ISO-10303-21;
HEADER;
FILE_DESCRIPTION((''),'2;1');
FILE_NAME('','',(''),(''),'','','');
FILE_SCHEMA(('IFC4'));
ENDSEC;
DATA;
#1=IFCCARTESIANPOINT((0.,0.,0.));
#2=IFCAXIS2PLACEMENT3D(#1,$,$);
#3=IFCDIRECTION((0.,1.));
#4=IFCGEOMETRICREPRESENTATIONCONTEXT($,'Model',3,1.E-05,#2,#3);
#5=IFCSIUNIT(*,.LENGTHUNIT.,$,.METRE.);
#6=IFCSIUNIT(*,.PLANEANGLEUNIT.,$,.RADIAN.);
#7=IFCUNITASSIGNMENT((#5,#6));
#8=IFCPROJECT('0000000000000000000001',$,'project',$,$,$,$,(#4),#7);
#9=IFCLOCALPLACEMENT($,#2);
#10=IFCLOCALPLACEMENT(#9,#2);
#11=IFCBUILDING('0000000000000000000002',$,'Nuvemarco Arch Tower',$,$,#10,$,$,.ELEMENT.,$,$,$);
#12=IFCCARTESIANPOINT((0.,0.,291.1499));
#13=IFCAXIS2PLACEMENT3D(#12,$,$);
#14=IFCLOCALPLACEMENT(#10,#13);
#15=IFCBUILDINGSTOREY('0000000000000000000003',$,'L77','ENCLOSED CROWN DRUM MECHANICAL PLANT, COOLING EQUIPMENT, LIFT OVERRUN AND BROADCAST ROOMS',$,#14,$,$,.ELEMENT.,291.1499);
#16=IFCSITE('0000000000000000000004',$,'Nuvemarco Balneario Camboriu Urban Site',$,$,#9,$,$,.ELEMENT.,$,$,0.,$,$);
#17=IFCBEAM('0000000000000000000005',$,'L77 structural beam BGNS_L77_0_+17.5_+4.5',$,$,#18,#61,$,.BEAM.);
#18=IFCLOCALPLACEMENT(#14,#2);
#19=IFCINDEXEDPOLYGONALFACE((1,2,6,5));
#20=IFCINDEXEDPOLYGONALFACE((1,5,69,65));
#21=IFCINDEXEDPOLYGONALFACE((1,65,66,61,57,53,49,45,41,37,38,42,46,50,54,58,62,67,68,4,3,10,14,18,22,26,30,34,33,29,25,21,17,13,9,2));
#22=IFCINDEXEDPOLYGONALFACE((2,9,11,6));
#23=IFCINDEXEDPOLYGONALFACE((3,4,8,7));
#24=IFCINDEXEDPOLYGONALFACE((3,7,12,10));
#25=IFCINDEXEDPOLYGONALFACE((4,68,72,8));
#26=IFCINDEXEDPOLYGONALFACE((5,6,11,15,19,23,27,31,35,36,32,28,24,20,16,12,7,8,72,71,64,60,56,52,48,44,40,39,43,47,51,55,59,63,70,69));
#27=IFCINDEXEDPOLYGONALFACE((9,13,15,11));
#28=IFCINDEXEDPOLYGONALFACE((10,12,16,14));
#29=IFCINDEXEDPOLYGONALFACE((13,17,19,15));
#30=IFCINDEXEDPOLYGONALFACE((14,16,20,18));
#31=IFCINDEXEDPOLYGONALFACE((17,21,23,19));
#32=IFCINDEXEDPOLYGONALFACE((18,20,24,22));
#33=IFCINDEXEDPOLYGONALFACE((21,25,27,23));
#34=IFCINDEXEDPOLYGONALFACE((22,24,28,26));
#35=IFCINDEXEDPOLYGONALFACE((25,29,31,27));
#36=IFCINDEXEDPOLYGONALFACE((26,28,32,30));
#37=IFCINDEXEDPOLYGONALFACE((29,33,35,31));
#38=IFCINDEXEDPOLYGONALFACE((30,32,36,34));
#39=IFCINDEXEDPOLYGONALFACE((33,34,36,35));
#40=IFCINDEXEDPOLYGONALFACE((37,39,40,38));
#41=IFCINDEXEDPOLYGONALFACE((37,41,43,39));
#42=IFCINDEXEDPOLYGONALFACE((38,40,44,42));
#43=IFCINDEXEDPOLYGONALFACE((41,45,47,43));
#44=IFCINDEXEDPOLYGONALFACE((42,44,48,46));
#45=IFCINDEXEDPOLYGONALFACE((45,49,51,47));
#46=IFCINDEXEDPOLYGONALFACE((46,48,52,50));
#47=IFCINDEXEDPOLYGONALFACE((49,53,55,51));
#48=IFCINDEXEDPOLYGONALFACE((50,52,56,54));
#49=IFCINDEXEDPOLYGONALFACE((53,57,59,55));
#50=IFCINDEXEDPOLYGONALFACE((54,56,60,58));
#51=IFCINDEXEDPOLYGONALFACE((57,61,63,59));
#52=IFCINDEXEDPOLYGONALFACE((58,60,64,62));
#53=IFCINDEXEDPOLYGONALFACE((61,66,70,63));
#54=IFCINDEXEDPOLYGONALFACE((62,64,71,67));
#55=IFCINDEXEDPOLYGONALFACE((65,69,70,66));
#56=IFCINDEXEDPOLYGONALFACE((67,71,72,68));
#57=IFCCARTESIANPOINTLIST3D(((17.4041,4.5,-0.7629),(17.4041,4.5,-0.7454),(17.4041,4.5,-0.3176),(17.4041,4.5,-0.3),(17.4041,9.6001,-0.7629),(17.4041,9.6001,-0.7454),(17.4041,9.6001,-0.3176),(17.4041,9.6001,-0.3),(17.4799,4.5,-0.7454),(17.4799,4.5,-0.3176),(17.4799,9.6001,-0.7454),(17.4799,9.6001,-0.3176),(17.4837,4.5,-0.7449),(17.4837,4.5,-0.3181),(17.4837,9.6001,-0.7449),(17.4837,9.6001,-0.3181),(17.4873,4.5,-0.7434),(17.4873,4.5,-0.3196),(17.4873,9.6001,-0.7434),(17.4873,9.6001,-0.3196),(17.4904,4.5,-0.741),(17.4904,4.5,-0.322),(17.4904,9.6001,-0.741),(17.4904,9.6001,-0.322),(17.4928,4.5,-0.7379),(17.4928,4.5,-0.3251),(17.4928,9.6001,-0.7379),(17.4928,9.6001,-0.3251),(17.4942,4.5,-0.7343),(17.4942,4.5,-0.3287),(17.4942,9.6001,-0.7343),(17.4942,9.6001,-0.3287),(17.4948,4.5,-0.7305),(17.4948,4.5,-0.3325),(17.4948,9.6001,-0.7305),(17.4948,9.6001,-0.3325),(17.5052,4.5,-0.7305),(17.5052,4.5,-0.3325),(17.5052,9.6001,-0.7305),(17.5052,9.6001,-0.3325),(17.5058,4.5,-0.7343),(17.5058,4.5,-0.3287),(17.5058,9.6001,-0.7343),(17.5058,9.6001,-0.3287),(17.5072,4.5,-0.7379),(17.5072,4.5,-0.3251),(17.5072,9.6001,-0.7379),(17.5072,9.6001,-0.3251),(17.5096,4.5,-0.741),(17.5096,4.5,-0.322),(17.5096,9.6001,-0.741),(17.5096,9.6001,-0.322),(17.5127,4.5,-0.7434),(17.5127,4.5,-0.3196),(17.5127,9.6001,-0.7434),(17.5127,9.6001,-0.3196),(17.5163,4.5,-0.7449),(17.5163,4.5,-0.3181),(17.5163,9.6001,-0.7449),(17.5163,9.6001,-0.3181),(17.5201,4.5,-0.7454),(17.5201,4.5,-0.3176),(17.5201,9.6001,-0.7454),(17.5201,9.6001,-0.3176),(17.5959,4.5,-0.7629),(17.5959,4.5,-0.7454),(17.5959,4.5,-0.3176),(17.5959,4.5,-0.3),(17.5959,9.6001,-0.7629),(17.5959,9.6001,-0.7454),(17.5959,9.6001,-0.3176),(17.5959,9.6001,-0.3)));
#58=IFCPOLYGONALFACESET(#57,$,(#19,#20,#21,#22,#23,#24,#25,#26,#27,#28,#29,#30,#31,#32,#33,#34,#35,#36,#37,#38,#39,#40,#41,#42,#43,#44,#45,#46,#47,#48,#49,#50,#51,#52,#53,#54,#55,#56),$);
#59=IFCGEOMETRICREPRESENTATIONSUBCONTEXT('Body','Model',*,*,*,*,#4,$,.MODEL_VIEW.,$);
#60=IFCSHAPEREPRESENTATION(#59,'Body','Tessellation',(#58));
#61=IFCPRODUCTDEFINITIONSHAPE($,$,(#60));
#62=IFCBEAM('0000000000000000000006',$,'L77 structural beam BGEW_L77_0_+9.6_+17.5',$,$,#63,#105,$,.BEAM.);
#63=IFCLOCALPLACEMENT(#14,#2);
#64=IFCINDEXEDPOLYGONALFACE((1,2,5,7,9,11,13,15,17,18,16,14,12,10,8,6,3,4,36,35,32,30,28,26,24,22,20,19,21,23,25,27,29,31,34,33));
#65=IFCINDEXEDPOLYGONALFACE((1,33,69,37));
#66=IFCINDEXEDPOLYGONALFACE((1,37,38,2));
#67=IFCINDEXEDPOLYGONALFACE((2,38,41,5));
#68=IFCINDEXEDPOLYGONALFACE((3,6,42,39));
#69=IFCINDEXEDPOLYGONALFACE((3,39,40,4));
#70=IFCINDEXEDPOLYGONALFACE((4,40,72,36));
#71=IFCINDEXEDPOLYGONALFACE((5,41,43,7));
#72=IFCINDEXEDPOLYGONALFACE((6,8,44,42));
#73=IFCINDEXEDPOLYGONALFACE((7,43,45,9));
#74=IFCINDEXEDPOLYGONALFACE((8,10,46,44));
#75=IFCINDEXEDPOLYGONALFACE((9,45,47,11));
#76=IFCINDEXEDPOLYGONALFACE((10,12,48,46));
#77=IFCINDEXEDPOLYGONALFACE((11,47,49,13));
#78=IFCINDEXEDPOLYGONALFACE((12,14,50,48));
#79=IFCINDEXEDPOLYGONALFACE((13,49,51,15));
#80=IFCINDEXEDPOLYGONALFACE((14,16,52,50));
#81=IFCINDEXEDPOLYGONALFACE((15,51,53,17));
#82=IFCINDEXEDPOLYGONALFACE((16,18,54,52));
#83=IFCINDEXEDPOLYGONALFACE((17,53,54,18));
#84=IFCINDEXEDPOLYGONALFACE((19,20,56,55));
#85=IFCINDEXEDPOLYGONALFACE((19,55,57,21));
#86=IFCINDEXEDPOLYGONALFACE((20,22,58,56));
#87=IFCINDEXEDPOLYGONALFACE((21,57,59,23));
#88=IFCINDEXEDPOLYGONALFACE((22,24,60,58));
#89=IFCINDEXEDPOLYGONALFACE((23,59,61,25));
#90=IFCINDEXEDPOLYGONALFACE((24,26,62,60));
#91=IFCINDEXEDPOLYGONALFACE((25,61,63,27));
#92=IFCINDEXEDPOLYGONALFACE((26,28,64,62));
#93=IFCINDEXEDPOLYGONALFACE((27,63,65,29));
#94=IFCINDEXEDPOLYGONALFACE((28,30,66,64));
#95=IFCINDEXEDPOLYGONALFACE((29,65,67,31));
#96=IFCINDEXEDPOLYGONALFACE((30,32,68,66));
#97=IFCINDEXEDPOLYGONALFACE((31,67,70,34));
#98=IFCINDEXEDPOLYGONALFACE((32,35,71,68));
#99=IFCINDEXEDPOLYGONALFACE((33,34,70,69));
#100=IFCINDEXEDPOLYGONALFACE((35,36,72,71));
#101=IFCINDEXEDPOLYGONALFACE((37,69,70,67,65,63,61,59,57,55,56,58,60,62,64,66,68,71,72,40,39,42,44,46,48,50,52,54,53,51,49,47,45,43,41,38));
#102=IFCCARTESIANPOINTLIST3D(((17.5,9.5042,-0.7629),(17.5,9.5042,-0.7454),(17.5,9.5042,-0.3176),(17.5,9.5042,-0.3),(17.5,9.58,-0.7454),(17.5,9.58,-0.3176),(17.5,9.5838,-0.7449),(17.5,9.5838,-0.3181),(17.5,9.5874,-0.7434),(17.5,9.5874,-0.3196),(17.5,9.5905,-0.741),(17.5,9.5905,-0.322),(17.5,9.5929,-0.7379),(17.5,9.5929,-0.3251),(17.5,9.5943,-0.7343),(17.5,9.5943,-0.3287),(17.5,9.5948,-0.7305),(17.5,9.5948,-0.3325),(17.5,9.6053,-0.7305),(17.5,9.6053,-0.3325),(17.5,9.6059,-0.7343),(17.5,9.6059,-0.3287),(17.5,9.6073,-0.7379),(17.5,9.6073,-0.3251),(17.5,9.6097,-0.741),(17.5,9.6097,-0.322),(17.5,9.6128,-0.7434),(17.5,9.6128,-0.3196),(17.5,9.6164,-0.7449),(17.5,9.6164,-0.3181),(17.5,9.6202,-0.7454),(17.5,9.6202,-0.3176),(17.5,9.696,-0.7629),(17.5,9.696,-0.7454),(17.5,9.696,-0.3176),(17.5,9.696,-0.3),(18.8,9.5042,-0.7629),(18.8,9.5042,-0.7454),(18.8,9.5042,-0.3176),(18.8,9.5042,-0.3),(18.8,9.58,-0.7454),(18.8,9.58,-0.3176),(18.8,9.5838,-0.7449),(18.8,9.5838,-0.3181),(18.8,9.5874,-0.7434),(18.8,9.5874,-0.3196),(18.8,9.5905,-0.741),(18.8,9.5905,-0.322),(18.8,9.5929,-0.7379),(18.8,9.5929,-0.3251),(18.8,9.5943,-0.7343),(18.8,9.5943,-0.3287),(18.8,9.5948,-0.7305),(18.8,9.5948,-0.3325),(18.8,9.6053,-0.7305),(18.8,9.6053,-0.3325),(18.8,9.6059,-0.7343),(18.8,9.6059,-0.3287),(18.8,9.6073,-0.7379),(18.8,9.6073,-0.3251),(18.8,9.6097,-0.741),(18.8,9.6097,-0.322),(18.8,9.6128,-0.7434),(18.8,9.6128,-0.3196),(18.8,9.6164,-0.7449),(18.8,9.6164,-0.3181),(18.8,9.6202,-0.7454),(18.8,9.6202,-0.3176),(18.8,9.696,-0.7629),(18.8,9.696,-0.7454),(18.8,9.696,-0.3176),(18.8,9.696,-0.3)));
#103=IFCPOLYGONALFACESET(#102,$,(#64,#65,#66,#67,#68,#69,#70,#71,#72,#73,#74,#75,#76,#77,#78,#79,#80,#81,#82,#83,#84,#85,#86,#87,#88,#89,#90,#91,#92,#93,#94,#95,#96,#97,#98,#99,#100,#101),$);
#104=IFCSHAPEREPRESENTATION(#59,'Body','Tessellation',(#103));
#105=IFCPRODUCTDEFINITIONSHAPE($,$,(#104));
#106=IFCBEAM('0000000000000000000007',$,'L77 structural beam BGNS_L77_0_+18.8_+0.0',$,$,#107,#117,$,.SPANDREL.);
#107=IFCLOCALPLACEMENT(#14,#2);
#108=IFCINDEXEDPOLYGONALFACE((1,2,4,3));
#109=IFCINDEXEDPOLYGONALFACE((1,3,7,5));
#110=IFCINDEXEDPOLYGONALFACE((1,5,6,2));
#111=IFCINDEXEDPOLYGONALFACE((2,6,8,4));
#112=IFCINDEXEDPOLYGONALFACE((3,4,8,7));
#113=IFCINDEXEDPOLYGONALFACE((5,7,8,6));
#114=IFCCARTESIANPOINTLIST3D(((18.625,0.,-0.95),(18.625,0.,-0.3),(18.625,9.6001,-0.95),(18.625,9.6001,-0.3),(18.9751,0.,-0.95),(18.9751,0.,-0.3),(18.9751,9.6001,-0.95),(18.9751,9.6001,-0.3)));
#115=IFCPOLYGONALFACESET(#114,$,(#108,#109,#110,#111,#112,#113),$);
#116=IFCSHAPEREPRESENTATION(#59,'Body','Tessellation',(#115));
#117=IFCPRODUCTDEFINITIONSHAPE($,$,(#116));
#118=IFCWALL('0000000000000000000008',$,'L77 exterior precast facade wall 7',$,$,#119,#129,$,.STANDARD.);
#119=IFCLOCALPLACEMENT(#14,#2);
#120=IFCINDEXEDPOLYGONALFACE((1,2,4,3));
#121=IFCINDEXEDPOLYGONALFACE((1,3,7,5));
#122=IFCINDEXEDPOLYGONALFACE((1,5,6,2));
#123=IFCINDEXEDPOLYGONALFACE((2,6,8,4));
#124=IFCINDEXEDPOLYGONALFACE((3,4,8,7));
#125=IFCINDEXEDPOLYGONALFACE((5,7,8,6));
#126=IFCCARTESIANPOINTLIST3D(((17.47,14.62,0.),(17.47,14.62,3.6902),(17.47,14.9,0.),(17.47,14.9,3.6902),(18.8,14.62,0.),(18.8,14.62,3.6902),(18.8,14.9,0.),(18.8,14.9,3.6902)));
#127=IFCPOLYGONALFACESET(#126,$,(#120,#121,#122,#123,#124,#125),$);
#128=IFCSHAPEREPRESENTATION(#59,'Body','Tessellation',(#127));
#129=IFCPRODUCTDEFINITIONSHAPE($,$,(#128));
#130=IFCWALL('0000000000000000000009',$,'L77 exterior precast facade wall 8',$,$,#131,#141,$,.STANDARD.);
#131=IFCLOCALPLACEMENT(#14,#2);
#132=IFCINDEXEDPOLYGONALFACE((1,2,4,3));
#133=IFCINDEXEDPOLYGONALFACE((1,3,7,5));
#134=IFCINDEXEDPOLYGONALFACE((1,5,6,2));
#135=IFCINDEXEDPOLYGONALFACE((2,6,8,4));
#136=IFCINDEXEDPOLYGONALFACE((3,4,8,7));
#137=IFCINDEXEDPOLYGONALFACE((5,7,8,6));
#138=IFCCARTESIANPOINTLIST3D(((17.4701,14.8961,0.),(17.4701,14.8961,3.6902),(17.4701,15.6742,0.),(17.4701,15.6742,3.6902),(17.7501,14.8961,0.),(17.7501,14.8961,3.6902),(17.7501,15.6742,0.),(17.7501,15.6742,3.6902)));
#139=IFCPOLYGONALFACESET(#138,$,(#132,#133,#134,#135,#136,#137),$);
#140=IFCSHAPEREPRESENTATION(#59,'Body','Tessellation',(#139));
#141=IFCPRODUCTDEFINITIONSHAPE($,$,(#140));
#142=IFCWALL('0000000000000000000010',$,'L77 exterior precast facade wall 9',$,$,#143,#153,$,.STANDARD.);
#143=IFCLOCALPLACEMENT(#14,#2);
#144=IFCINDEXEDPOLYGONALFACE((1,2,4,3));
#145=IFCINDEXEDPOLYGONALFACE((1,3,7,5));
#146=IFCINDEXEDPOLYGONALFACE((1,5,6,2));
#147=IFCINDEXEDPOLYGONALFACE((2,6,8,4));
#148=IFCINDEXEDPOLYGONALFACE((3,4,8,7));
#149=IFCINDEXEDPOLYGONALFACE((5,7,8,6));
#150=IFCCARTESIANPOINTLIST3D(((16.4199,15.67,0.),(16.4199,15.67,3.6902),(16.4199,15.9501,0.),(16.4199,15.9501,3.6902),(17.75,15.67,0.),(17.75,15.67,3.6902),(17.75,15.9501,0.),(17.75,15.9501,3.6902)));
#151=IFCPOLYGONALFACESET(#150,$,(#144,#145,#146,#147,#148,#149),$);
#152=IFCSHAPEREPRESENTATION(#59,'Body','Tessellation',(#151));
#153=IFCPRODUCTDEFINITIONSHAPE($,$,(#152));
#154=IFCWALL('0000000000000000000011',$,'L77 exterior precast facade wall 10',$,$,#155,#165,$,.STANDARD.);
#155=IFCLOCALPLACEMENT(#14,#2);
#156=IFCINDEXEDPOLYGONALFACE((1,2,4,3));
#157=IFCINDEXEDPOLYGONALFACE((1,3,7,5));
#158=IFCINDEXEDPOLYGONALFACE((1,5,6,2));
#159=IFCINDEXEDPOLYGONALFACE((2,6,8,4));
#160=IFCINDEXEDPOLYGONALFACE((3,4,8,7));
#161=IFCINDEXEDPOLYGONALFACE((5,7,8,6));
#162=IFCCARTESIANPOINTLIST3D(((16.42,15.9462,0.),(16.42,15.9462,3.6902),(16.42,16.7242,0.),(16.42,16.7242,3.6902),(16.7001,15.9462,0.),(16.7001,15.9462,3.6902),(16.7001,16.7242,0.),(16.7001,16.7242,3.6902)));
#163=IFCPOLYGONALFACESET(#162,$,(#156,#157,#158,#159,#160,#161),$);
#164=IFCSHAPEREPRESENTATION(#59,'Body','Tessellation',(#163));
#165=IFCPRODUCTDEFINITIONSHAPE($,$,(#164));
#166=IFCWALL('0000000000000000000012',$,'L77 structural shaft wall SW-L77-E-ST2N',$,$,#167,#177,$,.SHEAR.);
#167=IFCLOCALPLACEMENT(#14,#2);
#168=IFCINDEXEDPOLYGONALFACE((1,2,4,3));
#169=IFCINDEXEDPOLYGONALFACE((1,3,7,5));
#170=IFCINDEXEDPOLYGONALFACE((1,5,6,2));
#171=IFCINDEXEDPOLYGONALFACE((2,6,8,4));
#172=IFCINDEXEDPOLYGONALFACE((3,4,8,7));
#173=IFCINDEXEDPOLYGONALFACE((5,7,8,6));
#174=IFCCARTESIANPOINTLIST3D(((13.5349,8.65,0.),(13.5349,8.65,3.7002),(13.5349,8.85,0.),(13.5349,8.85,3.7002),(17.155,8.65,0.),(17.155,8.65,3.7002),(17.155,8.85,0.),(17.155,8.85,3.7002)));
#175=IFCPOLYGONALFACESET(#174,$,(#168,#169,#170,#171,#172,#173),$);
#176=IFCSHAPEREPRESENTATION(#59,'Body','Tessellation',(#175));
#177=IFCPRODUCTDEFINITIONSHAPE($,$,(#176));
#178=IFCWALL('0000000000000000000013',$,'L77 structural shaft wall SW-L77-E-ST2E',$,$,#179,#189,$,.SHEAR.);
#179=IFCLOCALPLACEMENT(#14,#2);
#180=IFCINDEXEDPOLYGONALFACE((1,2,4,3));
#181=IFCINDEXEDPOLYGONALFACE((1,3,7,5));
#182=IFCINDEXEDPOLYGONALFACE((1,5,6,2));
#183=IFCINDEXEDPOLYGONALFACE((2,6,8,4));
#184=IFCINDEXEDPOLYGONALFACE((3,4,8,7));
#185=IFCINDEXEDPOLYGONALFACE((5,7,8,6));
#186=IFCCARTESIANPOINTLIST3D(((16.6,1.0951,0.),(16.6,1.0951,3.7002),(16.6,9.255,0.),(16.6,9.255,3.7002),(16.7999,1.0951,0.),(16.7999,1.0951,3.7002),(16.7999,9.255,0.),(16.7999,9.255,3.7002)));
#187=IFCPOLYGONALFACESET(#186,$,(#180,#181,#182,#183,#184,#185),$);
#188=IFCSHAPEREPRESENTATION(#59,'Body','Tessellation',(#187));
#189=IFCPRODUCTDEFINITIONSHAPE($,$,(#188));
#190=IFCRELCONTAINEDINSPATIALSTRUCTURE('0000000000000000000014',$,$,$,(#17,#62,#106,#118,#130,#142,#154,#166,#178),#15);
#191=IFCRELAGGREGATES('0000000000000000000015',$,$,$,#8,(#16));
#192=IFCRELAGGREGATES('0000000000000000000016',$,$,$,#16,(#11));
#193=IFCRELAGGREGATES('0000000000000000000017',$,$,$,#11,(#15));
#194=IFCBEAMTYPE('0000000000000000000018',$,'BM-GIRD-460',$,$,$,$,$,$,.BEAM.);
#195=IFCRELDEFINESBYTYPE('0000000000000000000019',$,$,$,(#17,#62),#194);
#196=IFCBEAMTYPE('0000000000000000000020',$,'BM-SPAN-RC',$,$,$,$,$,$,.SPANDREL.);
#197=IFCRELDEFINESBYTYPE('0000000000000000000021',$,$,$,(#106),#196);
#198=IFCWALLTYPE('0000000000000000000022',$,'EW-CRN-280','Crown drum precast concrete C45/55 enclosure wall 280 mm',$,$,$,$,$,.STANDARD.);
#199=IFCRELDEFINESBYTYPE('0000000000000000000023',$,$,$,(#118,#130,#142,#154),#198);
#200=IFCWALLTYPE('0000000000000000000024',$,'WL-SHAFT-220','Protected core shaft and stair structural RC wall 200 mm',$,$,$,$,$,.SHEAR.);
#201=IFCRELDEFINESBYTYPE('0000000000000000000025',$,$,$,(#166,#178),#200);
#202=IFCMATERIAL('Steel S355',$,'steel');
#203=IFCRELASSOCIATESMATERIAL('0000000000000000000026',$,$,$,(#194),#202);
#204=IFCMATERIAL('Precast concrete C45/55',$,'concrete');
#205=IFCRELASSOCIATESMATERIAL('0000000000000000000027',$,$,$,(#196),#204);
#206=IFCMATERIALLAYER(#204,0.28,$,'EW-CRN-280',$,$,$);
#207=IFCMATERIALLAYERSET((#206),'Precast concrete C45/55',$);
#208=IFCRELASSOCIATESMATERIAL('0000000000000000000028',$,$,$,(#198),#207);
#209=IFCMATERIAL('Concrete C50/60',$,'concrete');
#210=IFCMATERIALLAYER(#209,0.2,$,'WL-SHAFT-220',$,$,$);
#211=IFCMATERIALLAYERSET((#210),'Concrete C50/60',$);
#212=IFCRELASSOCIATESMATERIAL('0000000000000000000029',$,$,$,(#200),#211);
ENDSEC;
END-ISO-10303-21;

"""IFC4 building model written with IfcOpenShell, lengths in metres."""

from ifc_helpers import new_model, si_unit, direction, frame, frame_2d, origin, origin_2d, place, context, subcontext, project, spatial, rectangle, i_section, extrude, material, layer, layer_set, material_profile, profile_set, type_object, element, save


model = new_model("IFC4")

# Units and contexts
model_context = context("Model", 3, precision=1e-05, world=origin(), true_north=direction((0.0, 1.0)))
body_context = subcontext(model_context, "Body", "Model", "MODEL_VIEW")
ifc_project = project(units=[si_unit("LENGTHUNIT", "METRE"), si_unit("PLANEANGLEUNIT", "RADIAN")], contexts=[model_context])

# Site, building, storey
site_placement = place(None, origin())
site = spatial("IfcSite", under=ifc_project, at=site_placement, Name="Nuvemarco Balneario Camboriu Urban Site", CompositionType="ELEMENT", RefElevation=0.0)
building_placement = place(site_placement, origin())
building = spatial("IfcBuilding", under=site, at=building_placement, Name="Nuvemarco Arch Tower", CompositionType="ELEMENT")
storey_placement = place(building_placement, frame((0.0, 0.0, 291.1499)))
storey = spatial("IfcBuildingStorey", under=building, at=storey_placement, Name="L77", Description="ENCLOSED CROWN DRUM MECHANICAL PLANT, COOLING EQUIPMENT, LIFT OVERRUN AND BROADCAST ROOMS", CompositionType="ELEMENT", Elevation=291.1499)

# Shared definitions
ifc_material_1 = material(Name="Concrete C50/60", Category="concrete")
ifc_material_2 = material(Name="Steel S355", Category="steel")

# Beams
ifc_material_profile_1 = material_profile(ifc_material_2, i_section(OverallWidth=0.1919, OverallDepth=0.4629, WebThickness=0.0105, FlangeThickness=0.0176, FilletRadius=0.0149, at=origin_2d()), Name="W460x89")
ifc_profile_set_1 = profile_set([ifc_material_profile_1], Name="Steel S355")
beam_type_1 = type_object("IfcBeamType", Name="BM-GIRD-460", PredefinedType="BEAM", material=ifc_profile_set_1)
beam_1_placement = place(storey_placement, frame((17.5, 4.5, -0.5315), z_axis=(0.0, 1.0, 0.0), x_axis=(-1.0, 0.0, 0.0)))
element("IfcBeam", 1, at=beam_1_placement, inside=storey, type_object=beam_type_1, Name="L77 structural beam BGNS_L77_0_+17.5_+4.5", PredefinedType="BEAM", context=body_context, shape_type="SweptSolid", body=[
    extrude(i_section(OverallWidth=0.1919, OverallDepth=0.4629, WebThickness=0.0105, FlangeThickness=0.0176, FilletRadius=0.0149, at=origin_2d()), origin(), (0.0, 0.0, 1.0), 5.1001),
])
beam_2_placement = place(storey_placement, frame((17.5, 9.6001, -0.5315), z_axis=(1.0, 0.0, 0.0), x_axis=(0.0, 1.0, 0.0)))
element("IfcBeam", 2, at=beam_2_placement, inside=storey, type_object=beam_type_1, Name="L77 structural beam BGEW_L77_0_+9.6_+17.5", PredefinedType="BEAM", context=body_context, shape_type="SweptSolid", body=[
    extrude(i_section(OverallWidth=0.1919, OverallDepth=0.4629, WebThickness=0.0105, FlangeThickness=0.0176, FilletRadius=0.0149, at=origin_2d()), origin(), (0.0, 0.0, 1.0), 1.3),
])
ifc_material_3 = material(Name="Precast concrete C45/55", Category="concrete")
ifc_material_profile_2 = material_profile(ifc_material_3, rectangle(XDim=0.3501, YDim=0.6499, at=origin_2d()), Name="PC-SP-350x650")
ifc_profile_set_2 = profile_set([ifc_material_profile_2], Name="Precast concrete C45/55")
beam_type_2 = type_object("IfcBeamType", Name="BM-SPAN-RC", PredefinedType="SPANDREL", material=ifc_profile_set_2)
beam_3_placement = place(storey_placement, frame((18.8, 0.0, -0.625), z_axis=(0.0, 1.0, 0.0), x_axis=(-1.0, 0.0, 0.0)))
element("IfcBeam", 3, at=beam_3_placement, inside=storey, type_object=beam_type_2, Name="L77 structural beam BGNS_L77_0_+18.8_+0.0", PredefinedType="SPANDREL", context=body_context, shape_type="SweptSolid", body=[
    extrude(rectangle(XDim=0.3501, YDim=0.6499, at=origin_2d()), origin(), (0.0, 0.0, 1.0), 9.6001),
])

# Walls
ifc_layer_1 = layer(ifc_material_3, 0.28, Name="EW-CRN-280")
ifc_layer_set_1 = layer_set([ifc_layer_1], Name="Precast concrete C45/55")
wall_type_1 = type_object("IfcWallType", Name="EW-CRN-280", Description="Crown drum precast concrete C45/55 enclosure wall 280 mm", PredefinedType="STANDARD", material=ifc_layer_set_1)
wall_1_placement = place(storey_placement, frame((17.47, 14.76, 0.0), z_axis=(0.0, 0.0, 1.0), x_axis=(1.0, 0.0, 0.0)))
element("IfcWall", 4, at=wall_1_placement, inside=storey, type_object=wall_type_1, Name="L77 exterior precast facade wall 7", PredefinedType="STANDARD", context=body_context, shape_type="SweptSolid", body=[
    extrude(rectangle(XDim=1.3301, YDim=0.28, at=frame_2d((0.665, 0.0))), origin(), (0.0, 0.0, 1.0), 3.6902),
])
wall_2_placement = place(storey_placement, frame((17.6101, 14.896, 0.0), z_axis=(0.0, 0.0, 1.0), x_axis=(0.0, 1.0, 0.0)))
element("IfcWall", 5, at=wall_2_placement, inside=storey, type_object=wall_type_1, Name="L77 exterior precast facade wall 8", PredefinedType="STANDARD", context=body_context, shape_type="SweptSolid", body=[
    extrude(rectangle(XDim=0.7781, YDim=0.28, at=frame_2d((0.3892, 0.0))), origin(), (0.0, 0.0, 1.0), 3.6902),
])
wall_3_placement = place(storey_placement, frame((16.4199, 15.8101, 0.0), z_axis=(0.0, 0.0, 1.0), x_axis=(1.0, 0.0, 0.0)))
element("IfcWall", 6, at=wall_3_placement, inside=storey, type_object=wall_type_1, Name="L77 exterior precast facade wall 9", PredefinedType="STANDARD", context=body_context, shape_type="SweptSolid", body=[
    extrude(rectangle(XDim=1.3301, YDim=0.28, at=frame_2d((0.665, 0.0))), origin(), (0.0, 0.0, 1.0), 3.6902),
])
wall_4_placement = place(storey_placement, frame((16.5601, 15.946, 0.0), z_axis=(0.0, 0.0, 1.0), x_axis=(0.0, 1.0, 0.0)))
element("IfcWall", 7, at=wall_4_placement, inside=storey, type_object=wall_type_1, Name="L77 exterior precast facade wall 10", PredefinedType="STANDARD", context=body_context, shape_type="SweptSolid", body=[
    extrude(rectangle(XDim=0.7781, YDim=0.28, at=frame_2d((0.3892, 0.0))), origin(), (0.0, 0.0, 1.0), 3.6902),
])
ifc_layer_2 = layer(ifc_material_1, 0.2, Name="WL-SHAFT-220")
ifc_layer_set_2 = layer_set([ifc_layer_2], Name="Concrete C50/60")
wall_type_2 = type_object("IfcWallType", Name="WL-SHAFT-220", Description="Protected core shaft and stair structural RC wall 200 mm", PredefinedType="SHEAR", material=ifc_layer_set_2)
wall_5_placement = place(storey_placement, frame((13.5349, 8.75, 0.0), z_axis=(0.0, 0.0, 1.0), x_axis=(1.0, 0.0, 0.0)))
element("IfcWall", 8, at=wall_5_placement, inside=storey, type_object=wall_type_2, Name="L77 structural shaft wall SW-L77-E-ST2N", PredefinedType="SHEAR", context=body_context, shape_type="SweptSolid", body=[
    extrude(rectangle(XDim=3.6201, YDim=0.2, at=frame_2d((1.8101, 0.0))), origin(), (0.0, 0.0, 1.0), 3.7002),
])
wall_6_placement = place(storey_placement, frame((16.7, 1.095, 0.0), z_axis=(0.0, 0.0, 1.0), x_axis=(0.0, 1.0, 0.0)))
element("IfcWall", 9, at=wall_6_placement, inside=storey, type_object=wall_type_2, Name="L77 structural shaft wall SW-L77-E-ST2E", PredefinedType="SHEAR", context=body_context, shape_type="SweptSolid", body=[
    extrude(rectangle(XDim=8.1599, YDim=0.2, at=frame_2d((4.0801, 0.0))), origin(), (0.0, 0.0, 1.0), 3.7002),
])

save(model, "model.ifc")
